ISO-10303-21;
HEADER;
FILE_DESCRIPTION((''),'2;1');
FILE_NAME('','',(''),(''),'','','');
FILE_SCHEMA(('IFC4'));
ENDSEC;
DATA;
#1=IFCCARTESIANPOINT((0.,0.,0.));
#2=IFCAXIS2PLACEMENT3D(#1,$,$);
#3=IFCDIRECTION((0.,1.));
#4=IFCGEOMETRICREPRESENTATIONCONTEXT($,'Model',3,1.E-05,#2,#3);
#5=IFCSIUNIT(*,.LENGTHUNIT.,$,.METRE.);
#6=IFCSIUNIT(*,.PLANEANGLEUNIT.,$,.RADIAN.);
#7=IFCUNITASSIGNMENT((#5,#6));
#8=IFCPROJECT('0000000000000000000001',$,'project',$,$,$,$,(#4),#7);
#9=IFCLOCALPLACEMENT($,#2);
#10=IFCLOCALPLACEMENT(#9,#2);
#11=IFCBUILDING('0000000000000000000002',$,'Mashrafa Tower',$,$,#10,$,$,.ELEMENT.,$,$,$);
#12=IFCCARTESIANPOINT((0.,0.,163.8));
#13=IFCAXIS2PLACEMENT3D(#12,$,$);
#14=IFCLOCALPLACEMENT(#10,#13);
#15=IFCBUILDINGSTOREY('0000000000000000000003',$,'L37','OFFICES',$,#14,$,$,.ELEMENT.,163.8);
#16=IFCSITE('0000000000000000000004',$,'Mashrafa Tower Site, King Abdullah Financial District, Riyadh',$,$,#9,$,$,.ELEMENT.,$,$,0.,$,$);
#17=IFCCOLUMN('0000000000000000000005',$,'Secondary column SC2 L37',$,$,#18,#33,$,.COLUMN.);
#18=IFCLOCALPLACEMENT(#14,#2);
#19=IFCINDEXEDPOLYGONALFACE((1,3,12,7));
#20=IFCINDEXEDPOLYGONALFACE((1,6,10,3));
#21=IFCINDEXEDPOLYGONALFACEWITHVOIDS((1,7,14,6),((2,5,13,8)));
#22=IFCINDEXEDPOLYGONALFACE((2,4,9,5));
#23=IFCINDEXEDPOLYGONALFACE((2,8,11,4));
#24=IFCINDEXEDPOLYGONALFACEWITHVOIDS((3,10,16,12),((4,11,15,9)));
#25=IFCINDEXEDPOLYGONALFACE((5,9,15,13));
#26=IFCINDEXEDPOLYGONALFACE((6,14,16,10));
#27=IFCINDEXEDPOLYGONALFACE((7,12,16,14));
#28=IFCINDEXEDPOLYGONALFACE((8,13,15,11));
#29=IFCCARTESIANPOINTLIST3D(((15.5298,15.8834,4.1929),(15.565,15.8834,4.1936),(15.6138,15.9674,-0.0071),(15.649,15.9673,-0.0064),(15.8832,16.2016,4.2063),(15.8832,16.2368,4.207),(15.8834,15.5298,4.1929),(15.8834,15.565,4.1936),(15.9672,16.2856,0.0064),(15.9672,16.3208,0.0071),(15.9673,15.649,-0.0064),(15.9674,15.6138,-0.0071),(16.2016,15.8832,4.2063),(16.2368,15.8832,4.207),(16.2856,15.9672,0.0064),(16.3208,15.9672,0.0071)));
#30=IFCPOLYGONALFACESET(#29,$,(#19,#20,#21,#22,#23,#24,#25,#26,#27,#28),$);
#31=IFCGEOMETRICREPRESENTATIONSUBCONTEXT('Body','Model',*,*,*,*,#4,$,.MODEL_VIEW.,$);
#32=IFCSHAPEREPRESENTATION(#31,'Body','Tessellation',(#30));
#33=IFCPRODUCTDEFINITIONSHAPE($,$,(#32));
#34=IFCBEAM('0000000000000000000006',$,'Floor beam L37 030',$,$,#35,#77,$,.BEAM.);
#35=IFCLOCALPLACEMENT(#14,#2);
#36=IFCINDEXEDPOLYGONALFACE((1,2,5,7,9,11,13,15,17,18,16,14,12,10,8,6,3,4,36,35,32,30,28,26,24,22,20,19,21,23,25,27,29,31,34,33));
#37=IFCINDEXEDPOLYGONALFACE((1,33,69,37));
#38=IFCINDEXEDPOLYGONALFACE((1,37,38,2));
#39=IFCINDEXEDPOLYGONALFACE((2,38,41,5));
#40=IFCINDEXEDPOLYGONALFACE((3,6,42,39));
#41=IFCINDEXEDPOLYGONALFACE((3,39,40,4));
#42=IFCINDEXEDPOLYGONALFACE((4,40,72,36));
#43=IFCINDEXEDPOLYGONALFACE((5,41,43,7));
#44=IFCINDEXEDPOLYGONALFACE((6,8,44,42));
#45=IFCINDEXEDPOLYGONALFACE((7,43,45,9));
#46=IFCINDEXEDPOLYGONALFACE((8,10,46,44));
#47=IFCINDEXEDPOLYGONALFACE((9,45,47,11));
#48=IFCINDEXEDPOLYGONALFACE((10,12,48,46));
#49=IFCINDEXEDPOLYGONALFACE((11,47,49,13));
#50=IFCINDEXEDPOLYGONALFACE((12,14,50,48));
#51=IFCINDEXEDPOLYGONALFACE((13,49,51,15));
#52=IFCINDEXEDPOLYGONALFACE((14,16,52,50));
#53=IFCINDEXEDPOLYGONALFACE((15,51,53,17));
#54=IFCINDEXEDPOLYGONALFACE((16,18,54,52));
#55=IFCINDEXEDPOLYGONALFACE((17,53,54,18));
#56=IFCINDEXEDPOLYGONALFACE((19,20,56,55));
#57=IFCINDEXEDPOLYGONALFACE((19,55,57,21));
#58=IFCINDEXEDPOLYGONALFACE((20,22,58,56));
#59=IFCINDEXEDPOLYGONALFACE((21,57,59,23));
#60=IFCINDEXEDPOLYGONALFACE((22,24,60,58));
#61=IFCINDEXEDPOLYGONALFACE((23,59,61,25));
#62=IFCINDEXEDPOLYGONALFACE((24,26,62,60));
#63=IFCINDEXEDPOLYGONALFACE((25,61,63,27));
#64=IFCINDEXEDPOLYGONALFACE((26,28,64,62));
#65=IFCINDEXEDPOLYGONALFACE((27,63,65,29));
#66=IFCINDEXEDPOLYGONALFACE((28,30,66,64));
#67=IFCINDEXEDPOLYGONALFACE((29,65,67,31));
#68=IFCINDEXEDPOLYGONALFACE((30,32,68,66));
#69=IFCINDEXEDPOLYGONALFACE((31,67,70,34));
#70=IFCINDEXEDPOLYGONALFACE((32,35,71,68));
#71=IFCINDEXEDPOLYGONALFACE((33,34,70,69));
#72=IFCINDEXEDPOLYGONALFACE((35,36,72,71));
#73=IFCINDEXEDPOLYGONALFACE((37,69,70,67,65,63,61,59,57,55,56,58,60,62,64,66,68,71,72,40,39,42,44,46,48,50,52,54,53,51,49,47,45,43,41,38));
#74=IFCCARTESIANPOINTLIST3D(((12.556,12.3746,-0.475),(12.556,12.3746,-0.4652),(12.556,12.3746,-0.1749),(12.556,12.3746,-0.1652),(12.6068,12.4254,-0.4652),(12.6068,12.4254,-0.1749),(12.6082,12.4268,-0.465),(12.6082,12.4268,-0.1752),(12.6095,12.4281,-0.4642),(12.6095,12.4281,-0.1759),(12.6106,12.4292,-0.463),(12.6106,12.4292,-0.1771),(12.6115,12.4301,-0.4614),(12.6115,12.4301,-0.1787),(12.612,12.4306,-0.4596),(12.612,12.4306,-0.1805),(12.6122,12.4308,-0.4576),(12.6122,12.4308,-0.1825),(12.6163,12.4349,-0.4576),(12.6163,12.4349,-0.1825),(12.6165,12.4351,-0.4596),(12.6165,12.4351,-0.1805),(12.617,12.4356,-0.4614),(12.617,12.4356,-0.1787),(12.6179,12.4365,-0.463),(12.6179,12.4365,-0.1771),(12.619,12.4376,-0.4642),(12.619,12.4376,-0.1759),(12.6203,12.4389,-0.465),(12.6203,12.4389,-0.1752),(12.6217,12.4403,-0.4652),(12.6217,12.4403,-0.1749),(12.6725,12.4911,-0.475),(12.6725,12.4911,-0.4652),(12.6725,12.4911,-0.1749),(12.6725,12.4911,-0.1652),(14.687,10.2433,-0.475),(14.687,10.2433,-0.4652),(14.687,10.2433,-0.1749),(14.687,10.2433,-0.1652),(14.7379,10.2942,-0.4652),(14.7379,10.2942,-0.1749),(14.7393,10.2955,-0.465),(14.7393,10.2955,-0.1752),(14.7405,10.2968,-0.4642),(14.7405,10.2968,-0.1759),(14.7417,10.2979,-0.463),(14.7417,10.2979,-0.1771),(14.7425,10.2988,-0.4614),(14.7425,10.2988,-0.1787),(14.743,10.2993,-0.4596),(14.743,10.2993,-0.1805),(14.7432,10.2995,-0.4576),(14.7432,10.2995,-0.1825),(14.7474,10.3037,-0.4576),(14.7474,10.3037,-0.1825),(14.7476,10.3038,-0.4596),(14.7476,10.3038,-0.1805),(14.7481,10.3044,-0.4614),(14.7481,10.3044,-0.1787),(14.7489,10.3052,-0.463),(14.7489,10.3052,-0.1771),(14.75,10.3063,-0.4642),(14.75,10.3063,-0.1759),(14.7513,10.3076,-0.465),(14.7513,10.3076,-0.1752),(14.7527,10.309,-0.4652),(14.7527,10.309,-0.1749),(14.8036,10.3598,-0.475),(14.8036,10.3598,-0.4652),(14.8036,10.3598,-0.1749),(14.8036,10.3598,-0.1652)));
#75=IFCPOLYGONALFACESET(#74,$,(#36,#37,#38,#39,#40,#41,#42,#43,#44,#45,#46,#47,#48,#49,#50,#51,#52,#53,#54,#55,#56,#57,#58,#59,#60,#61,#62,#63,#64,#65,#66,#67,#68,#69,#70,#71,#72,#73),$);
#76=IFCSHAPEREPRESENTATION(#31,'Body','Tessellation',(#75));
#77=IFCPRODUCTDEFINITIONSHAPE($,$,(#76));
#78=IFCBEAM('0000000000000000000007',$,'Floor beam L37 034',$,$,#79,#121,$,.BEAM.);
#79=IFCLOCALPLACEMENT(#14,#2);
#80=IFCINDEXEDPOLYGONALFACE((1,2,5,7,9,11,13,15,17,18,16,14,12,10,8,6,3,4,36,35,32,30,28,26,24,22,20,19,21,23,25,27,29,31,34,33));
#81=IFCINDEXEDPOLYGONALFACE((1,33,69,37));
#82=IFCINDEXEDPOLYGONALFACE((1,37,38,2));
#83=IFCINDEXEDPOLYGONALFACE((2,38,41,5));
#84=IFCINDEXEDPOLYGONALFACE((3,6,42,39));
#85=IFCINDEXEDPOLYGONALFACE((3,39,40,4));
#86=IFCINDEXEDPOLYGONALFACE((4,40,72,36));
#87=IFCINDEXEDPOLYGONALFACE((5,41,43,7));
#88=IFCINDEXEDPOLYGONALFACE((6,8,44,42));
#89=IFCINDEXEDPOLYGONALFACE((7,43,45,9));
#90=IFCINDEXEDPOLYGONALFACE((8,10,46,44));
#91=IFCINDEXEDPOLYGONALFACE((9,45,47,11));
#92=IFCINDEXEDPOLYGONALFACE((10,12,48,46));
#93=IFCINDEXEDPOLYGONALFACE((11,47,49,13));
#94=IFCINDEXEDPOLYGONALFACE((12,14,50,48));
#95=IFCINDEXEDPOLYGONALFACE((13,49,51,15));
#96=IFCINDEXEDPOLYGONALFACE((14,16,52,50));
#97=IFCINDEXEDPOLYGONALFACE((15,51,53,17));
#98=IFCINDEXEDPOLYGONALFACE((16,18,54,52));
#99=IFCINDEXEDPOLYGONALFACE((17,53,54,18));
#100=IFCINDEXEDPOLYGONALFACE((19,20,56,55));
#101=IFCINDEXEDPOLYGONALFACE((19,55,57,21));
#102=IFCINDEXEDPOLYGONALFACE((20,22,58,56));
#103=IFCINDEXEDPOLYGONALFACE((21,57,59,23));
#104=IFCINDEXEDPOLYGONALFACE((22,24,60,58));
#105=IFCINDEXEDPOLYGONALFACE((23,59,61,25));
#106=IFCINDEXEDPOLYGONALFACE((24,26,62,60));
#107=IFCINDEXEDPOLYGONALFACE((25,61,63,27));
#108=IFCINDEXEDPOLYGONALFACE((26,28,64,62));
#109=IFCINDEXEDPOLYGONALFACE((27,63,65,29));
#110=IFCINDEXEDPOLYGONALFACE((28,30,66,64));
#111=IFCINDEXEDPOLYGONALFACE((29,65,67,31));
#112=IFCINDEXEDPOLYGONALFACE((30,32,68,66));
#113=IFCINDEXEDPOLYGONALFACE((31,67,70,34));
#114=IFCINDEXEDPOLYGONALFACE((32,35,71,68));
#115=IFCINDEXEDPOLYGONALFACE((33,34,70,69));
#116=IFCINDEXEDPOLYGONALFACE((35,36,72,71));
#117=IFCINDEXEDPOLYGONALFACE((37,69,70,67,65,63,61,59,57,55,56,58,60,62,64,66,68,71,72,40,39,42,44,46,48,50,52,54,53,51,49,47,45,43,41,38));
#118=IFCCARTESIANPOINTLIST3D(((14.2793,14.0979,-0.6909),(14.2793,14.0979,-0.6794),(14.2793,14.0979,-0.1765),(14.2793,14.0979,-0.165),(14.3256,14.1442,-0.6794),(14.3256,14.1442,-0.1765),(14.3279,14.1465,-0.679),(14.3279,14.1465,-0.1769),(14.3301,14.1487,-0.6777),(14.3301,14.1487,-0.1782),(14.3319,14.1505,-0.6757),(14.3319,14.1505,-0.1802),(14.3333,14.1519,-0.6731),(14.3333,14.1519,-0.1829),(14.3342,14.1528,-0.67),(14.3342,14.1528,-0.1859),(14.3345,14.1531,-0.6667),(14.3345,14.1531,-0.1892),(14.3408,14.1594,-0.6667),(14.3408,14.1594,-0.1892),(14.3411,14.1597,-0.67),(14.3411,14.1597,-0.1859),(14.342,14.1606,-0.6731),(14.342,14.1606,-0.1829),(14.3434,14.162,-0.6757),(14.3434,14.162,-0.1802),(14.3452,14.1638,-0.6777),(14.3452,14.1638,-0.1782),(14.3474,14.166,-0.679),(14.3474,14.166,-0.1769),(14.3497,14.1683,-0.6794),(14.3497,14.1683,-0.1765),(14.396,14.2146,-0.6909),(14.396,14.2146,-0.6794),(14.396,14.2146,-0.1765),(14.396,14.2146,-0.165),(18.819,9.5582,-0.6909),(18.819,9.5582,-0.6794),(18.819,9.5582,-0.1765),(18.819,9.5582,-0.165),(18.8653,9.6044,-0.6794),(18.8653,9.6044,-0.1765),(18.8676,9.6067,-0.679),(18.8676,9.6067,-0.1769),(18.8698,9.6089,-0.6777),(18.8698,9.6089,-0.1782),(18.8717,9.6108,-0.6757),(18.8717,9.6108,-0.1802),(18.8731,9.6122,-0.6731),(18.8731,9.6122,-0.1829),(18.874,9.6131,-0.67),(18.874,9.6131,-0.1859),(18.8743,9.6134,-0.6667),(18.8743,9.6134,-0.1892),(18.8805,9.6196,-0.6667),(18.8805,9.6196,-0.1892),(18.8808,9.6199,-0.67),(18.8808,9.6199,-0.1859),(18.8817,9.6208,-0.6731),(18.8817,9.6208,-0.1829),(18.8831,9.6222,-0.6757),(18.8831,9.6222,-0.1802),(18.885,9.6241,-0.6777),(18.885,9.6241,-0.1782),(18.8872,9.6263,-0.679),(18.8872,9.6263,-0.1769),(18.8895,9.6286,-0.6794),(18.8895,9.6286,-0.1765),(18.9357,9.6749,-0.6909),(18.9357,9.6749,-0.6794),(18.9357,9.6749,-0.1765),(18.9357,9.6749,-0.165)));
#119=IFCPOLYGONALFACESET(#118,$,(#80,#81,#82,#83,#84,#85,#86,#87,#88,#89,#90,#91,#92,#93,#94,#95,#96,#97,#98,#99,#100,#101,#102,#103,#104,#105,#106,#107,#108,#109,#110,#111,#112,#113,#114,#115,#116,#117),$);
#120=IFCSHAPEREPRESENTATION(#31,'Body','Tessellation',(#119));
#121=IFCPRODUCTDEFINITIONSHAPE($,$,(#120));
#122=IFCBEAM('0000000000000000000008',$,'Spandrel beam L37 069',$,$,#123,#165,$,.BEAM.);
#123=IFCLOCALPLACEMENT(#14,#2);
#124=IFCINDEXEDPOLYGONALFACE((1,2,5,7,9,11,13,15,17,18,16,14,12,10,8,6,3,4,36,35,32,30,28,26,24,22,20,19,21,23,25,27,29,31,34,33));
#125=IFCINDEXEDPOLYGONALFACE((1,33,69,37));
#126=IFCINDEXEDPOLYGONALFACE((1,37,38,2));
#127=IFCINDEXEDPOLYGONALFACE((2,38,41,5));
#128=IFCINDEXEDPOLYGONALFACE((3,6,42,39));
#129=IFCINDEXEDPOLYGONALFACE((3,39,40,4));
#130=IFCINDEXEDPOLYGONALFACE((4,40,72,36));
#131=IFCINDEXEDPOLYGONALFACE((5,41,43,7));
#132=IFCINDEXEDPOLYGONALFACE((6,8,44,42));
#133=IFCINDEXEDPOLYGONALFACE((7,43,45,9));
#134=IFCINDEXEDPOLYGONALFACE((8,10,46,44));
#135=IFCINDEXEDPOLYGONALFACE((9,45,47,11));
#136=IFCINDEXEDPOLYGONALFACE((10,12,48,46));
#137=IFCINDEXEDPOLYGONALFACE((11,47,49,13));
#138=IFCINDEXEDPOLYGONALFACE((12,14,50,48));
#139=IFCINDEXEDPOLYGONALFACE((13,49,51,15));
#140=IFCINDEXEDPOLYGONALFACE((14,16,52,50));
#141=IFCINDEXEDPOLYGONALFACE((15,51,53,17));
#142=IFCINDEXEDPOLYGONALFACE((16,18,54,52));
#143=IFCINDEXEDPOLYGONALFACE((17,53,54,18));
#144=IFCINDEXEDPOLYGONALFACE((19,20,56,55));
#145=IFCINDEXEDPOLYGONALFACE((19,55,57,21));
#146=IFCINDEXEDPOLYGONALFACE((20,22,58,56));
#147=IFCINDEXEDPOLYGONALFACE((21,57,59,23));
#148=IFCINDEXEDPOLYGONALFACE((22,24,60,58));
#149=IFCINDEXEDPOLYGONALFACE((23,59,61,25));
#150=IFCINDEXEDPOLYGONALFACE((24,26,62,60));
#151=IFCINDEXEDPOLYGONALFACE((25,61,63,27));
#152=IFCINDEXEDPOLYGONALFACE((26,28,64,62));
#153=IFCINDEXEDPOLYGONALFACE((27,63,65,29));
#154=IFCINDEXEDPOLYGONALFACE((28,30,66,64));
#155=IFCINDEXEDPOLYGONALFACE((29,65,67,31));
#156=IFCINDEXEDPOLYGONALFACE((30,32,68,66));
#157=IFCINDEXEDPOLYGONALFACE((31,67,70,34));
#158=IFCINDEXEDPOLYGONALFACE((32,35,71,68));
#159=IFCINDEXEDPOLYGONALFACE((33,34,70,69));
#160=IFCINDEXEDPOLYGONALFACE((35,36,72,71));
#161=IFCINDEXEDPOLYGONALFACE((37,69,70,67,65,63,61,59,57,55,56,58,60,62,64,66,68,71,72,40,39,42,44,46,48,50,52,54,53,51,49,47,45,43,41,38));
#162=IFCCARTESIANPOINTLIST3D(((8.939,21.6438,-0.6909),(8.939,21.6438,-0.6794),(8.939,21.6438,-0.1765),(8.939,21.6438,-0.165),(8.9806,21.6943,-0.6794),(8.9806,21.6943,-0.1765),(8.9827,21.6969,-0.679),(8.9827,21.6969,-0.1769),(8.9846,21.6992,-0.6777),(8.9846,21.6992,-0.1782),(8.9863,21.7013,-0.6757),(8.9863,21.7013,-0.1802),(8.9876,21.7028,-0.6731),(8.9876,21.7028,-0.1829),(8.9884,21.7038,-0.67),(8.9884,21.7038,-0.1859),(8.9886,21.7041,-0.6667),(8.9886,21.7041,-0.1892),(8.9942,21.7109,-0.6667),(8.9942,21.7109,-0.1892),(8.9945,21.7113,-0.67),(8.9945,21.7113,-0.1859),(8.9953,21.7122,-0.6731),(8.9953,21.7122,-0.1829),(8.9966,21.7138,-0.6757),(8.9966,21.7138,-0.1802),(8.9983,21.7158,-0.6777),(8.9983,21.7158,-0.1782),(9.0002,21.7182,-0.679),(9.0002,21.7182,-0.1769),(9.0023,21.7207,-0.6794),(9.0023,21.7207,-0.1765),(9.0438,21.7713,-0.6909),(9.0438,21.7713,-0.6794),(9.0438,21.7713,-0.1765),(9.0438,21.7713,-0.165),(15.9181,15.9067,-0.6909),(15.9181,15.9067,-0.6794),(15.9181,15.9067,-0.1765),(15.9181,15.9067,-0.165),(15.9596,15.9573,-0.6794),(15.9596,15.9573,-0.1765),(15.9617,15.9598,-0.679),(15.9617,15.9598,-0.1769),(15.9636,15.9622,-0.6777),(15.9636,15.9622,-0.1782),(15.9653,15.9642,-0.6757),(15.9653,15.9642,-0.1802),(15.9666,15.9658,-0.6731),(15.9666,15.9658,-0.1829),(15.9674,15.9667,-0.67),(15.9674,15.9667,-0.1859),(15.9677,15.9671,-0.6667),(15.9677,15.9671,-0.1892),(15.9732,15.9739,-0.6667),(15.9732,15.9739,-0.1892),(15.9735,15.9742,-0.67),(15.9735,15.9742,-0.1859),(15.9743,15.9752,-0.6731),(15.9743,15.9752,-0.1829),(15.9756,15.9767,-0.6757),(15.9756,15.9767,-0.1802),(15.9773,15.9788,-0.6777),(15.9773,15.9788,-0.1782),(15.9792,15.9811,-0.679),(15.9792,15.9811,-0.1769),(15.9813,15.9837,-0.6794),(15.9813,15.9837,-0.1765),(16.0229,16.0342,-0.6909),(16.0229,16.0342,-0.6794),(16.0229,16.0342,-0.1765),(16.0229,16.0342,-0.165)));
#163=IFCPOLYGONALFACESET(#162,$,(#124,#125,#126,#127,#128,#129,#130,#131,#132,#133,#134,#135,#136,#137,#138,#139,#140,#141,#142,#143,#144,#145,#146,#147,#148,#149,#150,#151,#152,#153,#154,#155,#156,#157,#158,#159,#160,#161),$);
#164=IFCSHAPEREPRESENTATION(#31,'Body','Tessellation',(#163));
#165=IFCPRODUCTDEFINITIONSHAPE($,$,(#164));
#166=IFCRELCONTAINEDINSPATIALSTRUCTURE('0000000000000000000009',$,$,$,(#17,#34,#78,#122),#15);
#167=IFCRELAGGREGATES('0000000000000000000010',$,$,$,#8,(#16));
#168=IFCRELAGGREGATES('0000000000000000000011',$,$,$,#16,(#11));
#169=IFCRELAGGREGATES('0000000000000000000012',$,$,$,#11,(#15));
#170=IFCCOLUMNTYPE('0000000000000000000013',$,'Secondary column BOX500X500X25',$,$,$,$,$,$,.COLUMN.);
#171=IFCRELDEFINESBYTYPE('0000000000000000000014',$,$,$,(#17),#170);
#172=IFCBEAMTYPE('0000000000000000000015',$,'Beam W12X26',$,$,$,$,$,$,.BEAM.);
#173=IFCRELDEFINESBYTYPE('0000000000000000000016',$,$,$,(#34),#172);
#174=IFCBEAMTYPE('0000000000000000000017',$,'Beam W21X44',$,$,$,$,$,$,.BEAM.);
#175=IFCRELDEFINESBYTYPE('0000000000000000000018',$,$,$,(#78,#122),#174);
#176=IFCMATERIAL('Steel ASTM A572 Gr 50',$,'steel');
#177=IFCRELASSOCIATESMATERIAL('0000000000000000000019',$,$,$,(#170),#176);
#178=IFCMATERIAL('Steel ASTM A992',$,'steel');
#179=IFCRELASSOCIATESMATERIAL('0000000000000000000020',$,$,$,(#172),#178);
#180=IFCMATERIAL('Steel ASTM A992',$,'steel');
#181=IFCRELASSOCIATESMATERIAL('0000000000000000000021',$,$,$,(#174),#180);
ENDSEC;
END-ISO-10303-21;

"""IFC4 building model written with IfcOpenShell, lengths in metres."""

from ifc_helpers import new_model, si_unit, direction, frame, origin, origin_2d, place, context, subcontext, project, spatial, hollow_rectangle, i_section, extrude, material, material_profile, profile_set, type_object, element, save


model = new_model("IFC4")

# Units and contexts
model_context = context("Model", 3, precision=1e-05, world=origin(), true_north=direction((0.0, 1.0)))
body_context = subcontext(model_context, "Body", "Model", "MODEL_VIEW")
ifc_project = project(units=[si_unit("LENGTHUNIT", "METRE"), si_unit("PLANEANGLEUNIT", "RADIAN")], contexts=[model_context])

# Site, building, storey
site_placement = place(None, origin())
site = spatial("IfcSite", under=ifc_project, at=site_placement, Name="Mashrafa Tower Site, King Abdullah Financial District, Riyadh", CompositionType="ELEMENT", RefElevation=0.0)
building_placement = place(site_placement, origin())
building = spatial("IfcBuilding", under=site, at=building_placement, Name="Mashrafa Tower", CompositionType="ELEMENT")
storey_placement = place(building_placement, frame((0.0, 0.0, 163.8)))
storey = spatial("IfcBuildingStorey", under=building, at=storey_placement, Name="L37", Description="OFFICES", CompositionType="ELEMENT", Elevation=163.8)

# Column
ifc_material_1 = material(Name="Steel ASTM A572 Gr 50", Category="steel")
ifc_material_profile_1 = material_profile(ifc_material_1, hollow_rectangle(XDim=0.5, YDim=0.5, WallThickness=0.0249, at=origin_2d()), Name="BOX500X500X25")
ifc_profile_set_1 = profile_set([ifc_material_profile_1], Name="Steel ASTM A572 Gr 50")
column_type = type_object("IfcColumnType", Name="Secondary column BOX500X500X25", PredefinedType="COLUMN", material=ifc_profile_set_1)
column_placement = place(storey_placement, frame((15.9673, 15.9673, 0.0), z_axis=(-0.019989, -0.019989, 0.9996), x_axis=(0.707107, -0.707107, 0.0)))
element("IfcColumn", 1, at=column_placement, inside=storey, type_object=column_type, Name="Secondary column SC2 L37", PredefinedType="COLUMN", context=body_context, shape_type="SweptSolid", body=[
    extrude(hollow_rectangle(XDim=0.5, YDim=0.5, WallThickness=0.0249, at=origin_2d()), origin(), (0.0, 0.0, 1.0), 4.2017),
])

# Beams
ifc_material_2 = material(Name="Steel ASTM A992", Category="steel")
ifc_material_profile_2 = material_profile(ifc_material_2, i_section(OverallWidth=0.1648, OverallDepth=0.3098, WebThickness=0.0059, FlangeThickness=0.0098, FilletRadius=0.0076, at=origin_2d()), Name="W12X26")
ifc_profile_set_2 = profile_set([ifc_material_profile_2], Name="Steel ASTM A992")
beam_type_1 = type_object("IfcBeamType", Name="Beam W12X26", PredefinedType="BEAM", material=ifc_profile_set_2)
beam_1_placement = place(storey_placement, frame((12.6143, 12.4329, -0.3201), z_axis=(0.707066, -0.707147, 0.0), x_axis=(0.707147, 0.707066, 0.0)))
element("IfcBeam", 2, at=beam_1_placement, inside=storey, type_object=beam_type_1, Name="Floor beam L37 030", PredefinedType="BEAM", context=body_context, shape_type="SweptSolid", body=[
    extrude(i_section(OverallWidth=0.1648, OverallDepth=0.3098, WebThickness=0.0059, FlangeThickness=0.0098, FilletRadius=0.0076, at=origin_2d()), origin(), (0.0, 0.0, 1.0), 3.0139),
])
ifc_material_3 = material(Name="Steel ASTM A992", Category="steel")
ifc_material_profile_3 = material_profile(ifc_material_3, i_section(OverallWidth=0.165, OverallDepth=0.5259, WebThickness=0.0088, FlangeThickness=0.0115, FilletRadius=0.0127, at=origin_2d()), Name="W21X44")
ifc_profile_set_3 = profile_set([ifc_material_profile_3], Name="Steel ASTM A992")
beam_type_2 = type_object("IfcBeamType", Name="Beam W21X44", PredefinedType="BEAM", material=ifc_profile_set_3)
beam_2_placement = place(storey_placement, frame((14.3376, 14.1562, -0.428), z_axis=(0.707107, -0.707107, 0.0), x_axis=(0.707107, 0.707107, 0.0)))
element("IfcBeam", 3, at=beam_2_placement, inside=storey, type_object=beam_type_2, Name="Floor beam L37 034", PredefinedType="BEAM", context=body_context, shape_type="SweptSolid", body=[
    extrude(i_section(OverallWidth=0.165, OverallDepth=0.5259, WebThickness=0.0088, FlangeThickness=0.0115, FilletRadius=0.0127, at=origin_2d()), origin(), (0.0, 0.0, 1.0), 6.4202),
])
beam_3_placement = place(storey_placement, frame((15.9705, 15.9705, -0.428), z_axis=(-0.772492, 0.635024, 0.0), x_axis=(-0.635024, -0.772492, 0.0)))
element("IfcBeam", 4, at=beam_3_placement, inside=storey, type_object=beam_type_2, Name="Spandrel beam L37 069", PredefinedType="BEAM", context=body_context, shape_type="SweptSolid", body=[
    extrude(i_section(OverallWidth=0.165, OverallDepth=0.5259, WebThickness=0.0088, FlangeThickness=0.0115, FilletRadius=0.0127, at=origin_2d()), origin(), (0.0, 0.0, 1.0), 9.0344),
])

save(model, "model.ifc")
